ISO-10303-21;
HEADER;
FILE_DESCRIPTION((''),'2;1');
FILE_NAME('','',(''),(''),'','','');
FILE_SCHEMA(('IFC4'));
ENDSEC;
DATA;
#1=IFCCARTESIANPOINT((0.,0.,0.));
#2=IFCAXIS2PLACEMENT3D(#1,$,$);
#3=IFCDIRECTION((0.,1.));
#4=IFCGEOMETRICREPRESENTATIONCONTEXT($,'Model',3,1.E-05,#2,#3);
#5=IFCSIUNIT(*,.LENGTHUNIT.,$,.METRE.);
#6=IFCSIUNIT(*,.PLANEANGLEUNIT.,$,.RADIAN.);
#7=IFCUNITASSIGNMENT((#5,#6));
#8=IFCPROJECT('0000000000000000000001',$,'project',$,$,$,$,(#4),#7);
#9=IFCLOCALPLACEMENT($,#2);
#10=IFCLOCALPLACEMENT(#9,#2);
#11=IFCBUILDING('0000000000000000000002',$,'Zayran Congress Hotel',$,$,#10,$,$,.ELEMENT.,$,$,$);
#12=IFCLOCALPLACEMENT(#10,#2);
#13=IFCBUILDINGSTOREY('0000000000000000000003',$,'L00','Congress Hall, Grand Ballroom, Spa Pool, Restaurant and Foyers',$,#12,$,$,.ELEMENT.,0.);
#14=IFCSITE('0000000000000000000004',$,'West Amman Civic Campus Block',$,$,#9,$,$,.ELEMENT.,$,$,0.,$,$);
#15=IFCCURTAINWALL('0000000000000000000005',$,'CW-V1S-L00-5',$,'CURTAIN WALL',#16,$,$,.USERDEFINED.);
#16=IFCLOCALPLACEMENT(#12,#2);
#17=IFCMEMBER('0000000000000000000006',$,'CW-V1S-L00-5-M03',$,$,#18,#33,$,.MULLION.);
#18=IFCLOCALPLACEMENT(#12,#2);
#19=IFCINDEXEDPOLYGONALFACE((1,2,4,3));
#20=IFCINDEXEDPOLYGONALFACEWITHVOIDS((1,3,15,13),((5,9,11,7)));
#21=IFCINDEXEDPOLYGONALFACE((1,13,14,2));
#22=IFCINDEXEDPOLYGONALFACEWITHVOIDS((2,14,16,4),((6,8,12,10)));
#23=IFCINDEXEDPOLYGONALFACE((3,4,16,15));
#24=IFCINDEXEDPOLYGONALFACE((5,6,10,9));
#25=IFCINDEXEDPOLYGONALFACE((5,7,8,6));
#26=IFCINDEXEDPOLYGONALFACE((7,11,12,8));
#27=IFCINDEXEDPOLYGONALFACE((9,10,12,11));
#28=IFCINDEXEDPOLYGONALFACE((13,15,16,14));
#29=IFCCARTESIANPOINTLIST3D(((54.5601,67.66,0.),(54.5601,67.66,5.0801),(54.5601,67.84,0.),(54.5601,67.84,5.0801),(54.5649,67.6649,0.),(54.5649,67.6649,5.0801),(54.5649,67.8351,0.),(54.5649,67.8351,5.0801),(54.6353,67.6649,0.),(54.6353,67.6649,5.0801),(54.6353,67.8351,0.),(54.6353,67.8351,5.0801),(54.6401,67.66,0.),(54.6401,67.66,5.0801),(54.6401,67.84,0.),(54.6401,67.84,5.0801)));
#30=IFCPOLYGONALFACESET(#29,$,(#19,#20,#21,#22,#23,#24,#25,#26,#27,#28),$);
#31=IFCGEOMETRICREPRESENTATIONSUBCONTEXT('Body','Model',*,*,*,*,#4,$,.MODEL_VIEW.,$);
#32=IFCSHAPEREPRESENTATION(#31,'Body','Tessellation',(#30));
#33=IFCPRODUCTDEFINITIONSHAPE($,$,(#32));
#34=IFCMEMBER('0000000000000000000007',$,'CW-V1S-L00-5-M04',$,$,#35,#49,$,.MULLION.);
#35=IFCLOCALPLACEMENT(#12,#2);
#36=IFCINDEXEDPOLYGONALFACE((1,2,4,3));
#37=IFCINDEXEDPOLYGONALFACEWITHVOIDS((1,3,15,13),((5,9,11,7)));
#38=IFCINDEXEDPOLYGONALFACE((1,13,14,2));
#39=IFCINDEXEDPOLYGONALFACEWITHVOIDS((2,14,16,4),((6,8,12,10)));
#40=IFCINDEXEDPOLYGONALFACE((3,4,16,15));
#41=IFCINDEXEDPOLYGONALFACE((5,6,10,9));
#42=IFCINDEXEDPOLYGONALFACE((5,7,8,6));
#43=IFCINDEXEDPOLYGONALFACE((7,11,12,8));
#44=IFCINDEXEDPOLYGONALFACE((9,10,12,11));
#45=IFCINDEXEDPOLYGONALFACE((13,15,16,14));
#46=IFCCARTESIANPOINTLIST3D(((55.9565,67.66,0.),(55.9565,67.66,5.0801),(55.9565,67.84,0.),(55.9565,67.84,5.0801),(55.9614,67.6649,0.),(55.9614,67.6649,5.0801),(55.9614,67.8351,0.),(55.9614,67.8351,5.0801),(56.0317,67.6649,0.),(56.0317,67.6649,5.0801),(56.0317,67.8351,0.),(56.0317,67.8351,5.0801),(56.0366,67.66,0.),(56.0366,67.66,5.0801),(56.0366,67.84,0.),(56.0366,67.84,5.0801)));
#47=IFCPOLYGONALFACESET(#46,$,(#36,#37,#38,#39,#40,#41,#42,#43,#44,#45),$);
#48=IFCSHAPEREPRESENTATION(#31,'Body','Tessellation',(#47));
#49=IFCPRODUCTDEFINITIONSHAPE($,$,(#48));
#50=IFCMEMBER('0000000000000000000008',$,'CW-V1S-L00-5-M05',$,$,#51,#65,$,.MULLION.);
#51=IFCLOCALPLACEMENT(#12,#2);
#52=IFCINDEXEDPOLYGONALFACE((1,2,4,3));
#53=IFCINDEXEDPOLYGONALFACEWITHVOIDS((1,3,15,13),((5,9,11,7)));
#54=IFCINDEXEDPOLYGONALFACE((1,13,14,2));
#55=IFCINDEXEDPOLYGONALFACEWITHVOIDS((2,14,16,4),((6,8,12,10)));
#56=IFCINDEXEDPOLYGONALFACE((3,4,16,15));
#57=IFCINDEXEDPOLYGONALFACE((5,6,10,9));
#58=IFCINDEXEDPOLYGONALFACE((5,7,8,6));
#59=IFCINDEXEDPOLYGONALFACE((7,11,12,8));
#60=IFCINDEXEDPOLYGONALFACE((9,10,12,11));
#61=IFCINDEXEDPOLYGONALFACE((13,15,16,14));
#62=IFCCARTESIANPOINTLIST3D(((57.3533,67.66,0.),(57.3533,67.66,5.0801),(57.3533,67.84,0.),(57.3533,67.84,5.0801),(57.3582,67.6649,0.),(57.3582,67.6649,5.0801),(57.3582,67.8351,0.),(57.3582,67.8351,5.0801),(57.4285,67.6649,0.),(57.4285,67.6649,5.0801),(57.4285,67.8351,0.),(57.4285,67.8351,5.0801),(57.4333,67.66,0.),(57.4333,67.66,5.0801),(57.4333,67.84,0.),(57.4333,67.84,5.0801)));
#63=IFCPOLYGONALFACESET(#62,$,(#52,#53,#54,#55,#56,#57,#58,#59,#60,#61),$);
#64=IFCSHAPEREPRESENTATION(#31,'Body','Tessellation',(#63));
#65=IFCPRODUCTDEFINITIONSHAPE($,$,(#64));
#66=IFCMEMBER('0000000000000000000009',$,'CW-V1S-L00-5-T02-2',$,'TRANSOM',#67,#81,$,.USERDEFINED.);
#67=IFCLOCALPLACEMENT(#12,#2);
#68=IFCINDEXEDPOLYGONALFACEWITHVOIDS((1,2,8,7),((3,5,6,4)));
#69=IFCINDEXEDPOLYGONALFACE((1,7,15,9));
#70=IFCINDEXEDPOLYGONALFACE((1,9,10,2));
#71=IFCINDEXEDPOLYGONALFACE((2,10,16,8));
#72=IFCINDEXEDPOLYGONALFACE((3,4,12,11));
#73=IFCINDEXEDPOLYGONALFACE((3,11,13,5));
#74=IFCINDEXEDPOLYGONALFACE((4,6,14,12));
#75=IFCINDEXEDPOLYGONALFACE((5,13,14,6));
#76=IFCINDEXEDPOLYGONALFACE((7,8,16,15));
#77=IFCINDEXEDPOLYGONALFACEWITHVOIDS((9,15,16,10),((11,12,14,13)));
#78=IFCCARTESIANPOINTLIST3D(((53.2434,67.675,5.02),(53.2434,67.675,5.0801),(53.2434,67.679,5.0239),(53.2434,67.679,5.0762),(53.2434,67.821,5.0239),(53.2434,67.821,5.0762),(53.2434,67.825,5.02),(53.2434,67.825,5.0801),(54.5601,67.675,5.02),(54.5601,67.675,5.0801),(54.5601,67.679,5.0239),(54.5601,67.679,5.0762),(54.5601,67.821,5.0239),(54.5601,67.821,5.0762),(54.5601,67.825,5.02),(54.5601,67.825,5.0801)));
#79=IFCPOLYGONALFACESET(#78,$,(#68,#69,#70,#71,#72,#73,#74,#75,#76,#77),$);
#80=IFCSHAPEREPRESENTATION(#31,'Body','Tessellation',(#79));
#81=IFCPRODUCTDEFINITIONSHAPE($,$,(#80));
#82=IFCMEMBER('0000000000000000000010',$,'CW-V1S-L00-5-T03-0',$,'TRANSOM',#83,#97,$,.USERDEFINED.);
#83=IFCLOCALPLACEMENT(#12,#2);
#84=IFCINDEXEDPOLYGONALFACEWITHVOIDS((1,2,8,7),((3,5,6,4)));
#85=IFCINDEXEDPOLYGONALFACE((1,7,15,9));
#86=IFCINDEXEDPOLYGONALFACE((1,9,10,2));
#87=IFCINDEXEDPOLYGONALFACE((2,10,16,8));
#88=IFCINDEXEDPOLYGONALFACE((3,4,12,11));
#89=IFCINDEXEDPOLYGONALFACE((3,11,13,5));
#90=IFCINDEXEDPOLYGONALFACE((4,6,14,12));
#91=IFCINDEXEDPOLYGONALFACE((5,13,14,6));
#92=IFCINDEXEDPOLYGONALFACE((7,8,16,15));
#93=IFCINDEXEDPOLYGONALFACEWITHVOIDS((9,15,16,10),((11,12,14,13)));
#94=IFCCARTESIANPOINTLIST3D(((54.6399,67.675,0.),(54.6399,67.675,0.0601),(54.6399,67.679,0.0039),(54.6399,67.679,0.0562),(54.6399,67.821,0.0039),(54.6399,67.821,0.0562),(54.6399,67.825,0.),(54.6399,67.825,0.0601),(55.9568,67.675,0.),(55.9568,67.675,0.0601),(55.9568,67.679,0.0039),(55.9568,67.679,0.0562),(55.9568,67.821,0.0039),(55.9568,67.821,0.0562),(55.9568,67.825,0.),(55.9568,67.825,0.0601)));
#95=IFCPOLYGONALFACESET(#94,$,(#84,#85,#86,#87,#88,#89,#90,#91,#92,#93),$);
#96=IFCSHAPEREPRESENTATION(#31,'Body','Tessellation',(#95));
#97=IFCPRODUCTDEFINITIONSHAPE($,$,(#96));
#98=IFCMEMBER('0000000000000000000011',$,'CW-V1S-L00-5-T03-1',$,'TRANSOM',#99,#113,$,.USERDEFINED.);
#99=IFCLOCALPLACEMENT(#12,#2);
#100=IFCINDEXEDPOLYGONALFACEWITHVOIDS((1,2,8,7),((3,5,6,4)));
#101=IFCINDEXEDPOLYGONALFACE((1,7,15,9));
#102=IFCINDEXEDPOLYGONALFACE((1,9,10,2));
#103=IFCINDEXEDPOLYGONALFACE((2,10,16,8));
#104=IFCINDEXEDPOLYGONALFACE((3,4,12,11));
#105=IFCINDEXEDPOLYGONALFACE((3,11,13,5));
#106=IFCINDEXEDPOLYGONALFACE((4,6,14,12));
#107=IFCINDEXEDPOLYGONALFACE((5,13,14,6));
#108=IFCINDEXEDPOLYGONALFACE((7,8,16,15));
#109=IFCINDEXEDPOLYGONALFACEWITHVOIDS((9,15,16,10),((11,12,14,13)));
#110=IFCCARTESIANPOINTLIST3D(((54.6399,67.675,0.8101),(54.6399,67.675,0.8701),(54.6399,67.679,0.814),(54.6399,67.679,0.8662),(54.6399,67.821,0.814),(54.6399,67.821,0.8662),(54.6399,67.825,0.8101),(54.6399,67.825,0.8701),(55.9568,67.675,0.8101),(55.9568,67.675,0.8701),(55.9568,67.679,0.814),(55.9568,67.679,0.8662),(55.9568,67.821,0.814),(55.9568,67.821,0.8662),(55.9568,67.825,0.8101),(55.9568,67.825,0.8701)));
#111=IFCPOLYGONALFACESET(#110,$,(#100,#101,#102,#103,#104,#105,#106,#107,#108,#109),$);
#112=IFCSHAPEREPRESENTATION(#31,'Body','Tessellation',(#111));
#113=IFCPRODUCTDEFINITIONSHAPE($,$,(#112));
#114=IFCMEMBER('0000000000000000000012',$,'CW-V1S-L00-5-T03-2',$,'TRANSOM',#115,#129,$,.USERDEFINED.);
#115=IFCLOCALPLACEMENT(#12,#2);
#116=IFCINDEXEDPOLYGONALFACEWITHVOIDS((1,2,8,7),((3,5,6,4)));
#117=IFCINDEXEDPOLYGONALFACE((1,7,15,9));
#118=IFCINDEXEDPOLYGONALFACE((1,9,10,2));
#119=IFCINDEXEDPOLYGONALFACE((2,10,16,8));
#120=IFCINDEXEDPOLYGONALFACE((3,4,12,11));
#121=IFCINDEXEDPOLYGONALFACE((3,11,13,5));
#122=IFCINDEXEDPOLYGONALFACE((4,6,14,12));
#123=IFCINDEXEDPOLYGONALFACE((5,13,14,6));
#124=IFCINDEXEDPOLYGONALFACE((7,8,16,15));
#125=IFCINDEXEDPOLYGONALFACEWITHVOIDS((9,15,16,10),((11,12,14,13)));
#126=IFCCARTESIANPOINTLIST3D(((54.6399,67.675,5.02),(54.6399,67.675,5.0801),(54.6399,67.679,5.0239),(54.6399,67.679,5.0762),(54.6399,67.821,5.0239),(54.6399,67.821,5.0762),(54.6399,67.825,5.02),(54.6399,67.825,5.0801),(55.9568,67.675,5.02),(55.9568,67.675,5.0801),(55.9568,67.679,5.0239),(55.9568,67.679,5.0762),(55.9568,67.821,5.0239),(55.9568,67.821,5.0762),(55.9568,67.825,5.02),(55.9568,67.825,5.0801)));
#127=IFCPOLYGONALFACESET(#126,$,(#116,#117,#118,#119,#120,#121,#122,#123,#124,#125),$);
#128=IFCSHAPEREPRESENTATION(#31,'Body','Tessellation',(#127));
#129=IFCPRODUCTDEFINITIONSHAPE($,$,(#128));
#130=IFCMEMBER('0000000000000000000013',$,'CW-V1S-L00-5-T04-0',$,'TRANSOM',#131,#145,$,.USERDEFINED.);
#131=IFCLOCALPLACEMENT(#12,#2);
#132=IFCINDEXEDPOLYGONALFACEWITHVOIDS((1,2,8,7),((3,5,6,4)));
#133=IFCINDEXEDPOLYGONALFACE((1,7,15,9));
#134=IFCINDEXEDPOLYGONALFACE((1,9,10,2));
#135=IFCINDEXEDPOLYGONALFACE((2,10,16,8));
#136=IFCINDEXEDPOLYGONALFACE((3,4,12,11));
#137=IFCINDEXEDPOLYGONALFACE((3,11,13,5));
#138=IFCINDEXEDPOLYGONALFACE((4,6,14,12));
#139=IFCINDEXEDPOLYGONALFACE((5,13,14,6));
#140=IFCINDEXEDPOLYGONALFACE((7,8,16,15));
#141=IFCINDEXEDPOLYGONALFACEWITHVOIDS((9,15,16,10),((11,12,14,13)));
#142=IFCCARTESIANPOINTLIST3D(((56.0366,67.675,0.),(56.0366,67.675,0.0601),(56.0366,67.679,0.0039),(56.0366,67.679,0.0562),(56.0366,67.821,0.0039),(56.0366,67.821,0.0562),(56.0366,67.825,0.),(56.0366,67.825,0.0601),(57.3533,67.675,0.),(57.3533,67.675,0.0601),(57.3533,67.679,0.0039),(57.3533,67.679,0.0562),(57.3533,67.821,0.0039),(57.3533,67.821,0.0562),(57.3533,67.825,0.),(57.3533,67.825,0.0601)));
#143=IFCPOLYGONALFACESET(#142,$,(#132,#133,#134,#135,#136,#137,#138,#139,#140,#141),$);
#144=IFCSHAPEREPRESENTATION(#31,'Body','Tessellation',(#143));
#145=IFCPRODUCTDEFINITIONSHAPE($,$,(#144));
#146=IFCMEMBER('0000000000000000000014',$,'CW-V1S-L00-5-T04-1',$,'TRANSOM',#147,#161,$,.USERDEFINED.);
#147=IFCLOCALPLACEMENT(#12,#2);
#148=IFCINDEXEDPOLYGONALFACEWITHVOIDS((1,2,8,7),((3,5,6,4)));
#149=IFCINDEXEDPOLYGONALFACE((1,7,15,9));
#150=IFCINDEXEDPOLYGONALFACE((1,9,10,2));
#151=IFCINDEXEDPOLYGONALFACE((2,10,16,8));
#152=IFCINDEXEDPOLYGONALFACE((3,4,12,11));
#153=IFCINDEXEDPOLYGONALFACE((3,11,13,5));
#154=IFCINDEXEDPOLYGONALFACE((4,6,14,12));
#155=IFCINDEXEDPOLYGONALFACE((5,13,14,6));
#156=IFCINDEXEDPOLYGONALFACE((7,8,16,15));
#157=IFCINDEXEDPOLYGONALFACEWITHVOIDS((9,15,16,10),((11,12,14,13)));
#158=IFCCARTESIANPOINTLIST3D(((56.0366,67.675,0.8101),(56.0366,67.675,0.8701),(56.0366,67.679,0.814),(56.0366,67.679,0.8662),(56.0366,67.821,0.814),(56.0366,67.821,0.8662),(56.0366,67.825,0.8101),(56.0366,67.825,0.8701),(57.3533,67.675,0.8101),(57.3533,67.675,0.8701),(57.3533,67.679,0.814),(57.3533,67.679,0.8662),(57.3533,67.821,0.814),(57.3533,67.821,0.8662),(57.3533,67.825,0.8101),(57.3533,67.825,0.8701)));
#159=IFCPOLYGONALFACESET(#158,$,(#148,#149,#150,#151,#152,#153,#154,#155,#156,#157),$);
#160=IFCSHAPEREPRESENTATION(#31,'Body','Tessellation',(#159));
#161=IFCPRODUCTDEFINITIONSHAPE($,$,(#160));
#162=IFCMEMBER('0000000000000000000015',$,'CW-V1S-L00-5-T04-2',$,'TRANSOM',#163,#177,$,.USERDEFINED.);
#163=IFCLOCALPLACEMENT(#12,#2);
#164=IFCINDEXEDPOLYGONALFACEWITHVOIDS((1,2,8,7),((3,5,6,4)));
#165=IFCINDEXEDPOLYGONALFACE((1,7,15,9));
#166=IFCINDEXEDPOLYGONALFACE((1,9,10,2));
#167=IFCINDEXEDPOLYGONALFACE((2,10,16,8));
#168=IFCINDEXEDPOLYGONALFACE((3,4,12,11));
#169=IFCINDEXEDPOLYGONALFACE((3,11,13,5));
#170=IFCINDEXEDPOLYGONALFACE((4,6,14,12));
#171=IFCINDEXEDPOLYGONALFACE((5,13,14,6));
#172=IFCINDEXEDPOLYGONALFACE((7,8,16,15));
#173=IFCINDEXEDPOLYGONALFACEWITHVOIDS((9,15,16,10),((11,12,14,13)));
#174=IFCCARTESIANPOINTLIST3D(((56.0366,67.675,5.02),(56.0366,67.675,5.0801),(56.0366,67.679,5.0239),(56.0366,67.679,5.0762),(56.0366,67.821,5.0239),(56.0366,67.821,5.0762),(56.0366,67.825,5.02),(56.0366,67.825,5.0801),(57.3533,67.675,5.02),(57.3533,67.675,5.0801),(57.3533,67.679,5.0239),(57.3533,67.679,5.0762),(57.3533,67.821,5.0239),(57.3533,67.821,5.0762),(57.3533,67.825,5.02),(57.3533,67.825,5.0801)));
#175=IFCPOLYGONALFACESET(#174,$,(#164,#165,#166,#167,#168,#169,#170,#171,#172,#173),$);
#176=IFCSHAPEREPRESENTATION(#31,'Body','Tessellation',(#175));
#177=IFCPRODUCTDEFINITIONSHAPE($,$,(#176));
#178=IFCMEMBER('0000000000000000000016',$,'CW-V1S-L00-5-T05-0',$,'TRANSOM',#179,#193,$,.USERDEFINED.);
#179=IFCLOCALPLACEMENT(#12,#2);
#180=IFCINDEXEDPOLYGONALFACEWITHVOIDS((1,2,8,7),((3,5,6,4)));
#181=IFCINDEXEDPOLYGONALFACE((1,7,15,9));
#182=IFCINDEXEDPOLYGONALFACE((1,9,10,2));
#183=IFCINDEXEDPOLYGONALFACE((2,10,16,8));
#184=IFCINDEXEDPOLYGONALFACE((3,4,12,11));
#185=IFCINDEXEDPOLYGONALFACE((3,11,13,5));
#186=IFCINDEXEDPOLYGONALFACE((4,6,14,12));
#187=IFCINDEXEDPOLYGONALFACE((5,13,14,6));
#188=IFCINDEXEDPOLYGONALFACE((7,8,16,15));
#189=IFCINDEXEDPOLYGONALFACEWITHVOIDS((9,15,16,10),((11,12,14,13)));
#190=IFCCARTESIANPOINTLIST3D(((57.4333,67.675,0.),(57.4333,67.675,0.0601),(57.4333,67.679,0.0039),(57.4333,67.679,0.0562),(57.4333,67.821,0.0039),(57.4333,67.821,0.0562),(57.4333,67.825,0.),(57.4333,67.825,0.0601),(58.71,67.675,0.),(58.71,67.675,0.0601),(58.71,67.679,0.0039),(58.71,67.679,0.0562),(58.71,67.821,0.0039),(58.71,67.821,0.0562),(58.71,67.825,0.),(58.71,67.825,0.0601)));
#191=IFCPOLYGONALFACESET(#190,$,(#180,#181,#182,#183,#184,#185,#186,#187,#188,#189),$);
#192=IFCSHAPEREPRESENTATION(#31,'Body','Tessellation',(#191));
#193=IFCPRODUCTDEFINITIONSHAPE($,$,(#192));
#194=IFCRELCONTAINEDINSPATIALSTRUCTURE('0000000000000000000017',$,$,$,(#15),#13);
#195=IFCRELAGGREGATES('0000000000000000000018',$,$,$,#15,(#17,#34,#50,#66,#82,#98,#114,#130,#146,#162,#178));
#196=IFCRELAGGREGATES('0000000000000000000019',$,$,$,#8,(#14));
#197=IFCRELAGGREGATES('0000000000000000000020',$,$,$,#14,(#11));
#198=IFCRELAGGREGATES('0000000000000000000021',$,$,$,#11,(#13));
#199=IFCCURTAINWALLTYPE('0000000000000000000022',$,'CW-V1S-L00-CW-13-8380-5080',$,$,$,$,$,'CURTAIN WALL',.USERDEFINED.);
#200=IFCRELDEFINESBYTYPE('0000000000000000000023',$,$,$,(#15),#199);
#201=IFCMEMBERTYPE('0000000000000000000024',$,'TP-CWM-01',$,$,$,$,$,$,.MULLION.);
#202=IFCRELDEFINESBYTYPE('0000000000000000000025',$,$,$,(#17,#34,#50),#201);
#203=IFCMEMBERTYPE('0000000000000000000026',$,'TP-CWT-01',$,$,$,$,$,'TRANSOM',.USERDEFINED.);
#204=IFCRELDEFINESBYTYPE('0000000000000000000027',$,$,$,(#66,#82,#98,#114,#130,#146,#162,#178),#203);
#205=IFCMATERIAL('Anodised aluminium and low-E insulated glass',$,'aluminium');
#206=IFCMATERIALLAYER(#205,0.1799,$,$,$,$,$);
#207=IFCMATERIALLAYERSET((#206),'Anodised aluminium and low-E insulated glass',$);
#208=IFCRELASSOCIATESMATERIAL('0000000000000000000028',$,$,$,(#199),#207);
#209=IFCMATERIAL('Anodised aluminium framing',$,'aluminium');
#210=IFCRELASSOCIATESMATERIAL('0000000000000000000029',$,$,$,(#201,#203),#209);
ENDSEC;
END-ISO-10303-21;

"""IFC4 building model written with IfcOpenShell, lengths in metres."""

from ifc_helpers import new_model, si_unit, direction, frame, origin, origin_2d, place, context, subcontext, project, spatial, hollow_rectangle, extrude, material, layer, layer_set, material_profile, profile_set, type_object, element, aggregate, save


model = new_model("IFC4")

# Units and contexts
model_context = context("Model", 3, precision=1e-05, world=origin(), true_north=direction((0.0, 1.0)))
body_context = subcontext(model_context, "Body", "Model", "MODEL_VIEW")
ifc_project = project(units=[si_unit("LENGTHUNIT", "METRE"), si_unit("PLANEANGLEUNIT", "RADIAN")], contexts=[model_context])

# Site, building, storey
site_placement = place(None, origin())
site = spatial("IfcSite", under=ifc_project, at=site_placement, Name="West Amman Civic Campus Block", CompositionType="ELEMENT", RefElevation=0.0)
building_placement = place(site_placement, origin())
building = spatial("IfcBuilding", under=site, at=building_placement, Name="Zayran Congress Hotel", CompositionType="ELEMENT")
storey_placement = place(building_placement, origin())
storey = spatial("IfcBuildingStorey", under=building, at=storey_placement, Name="L00", Description="Congress Hall, Grand Ballroom, Spa Pool, Restaurant and Foyers", CompositionType="ELEMENT", Elevation=0.0)

# Curtain wall, members
ifc_material_1 = material(Name="Anodised aluminium and low-E insulated glass", Category="aluminium")
ifc_layer_1 = layer(ifc_material_1, 0.1799)
ifc_layer_set_1 = layer_set([ifc_layer_1], Name="Anodised aluminium and low-E insulated glass")
curtain_wall_type = type_object("IfcCurtainWallType", Name="CW-V1S-L00-CW-13-8380-5080", ElementType="CURTAIN WALL", PredefinedType="USERDEFINED", material=ifc_layer_set_1)
curtain_wall_placement = place(storey_placement, origin())
curtain_wall = element("IfcCurtainWall", 1, at=curtain_wall_placement, inside=storey, type_object=curtain_wall_type, Name="CW-V1S-L00-5", ObjectType="CURTAIN WALL", PredefinedType="USERDEFINED")
ifc_material_2 = material(Name="Anodised aluminium framing", Category="aluminium")
ifc_material_profile_1 = material_profile(ifc_material_2, hollow_rectangle(XDim=0.0801, YDim=0.1799, WallThickness=0.0049, at=origin_2d()), Name="RHS 180x80x5")
ifc_profile_set_1 = profile_set([ifc_material_profile_1], Name="Anodised aluminium framing")
member_type_1 = type_object("IfcMemberType", Name="TP-CWM-01", PredefinedType="MULLION", material=ifc_profile_set_1)
member_1_placement = place(storey_placement, frame((54.6001, 67.75, 0.0), z_axis=(0.0, 0.0, 1.0), x_axis=(1.0, 0.0, 0.0)))
member_1 = element("IfcMember", 2, at=member_1_placement, type_object=member_type_1, Name="CW-V1S-L00-5-M03", PredefinedType="MULLION", context=body_context, shape_type="SweptSolid", body=[
    extrude(hollow_rectangle(XDim=0.0801, YDim=0.1799, WallThickness=0.0049, at=origin_2d()), origin(), (0.0, 0.0, 1.0), 5.0801),
])
member_2_placement = place(storey_placement, frame((55.9966, 67.75, 0.0), z_axis=(0.0, 0.0, 1.0), x_axis=(1.0, 0.0, 0.0)))
member_2 = element("IfcMember", 3, at=member_2_placement, type_object=member_type_1, Name="CW-V1S-L00-5-M04", PredefinedType="MULLION", context=body_context, shape_type="SweptSolid", body=[
    extrude(hollow_rectangle(XDim=0.0801, YDim=0.1799, WallThickness=0.0049, at=origin_2d()), origin(), (0.0, 0.0, 1.0), 5.0801),
])
member_3_placement = place(storey_placement, frame((57.3933, 67.75, 0.0), z_axis=(0.0, 0.0, 1.0), x_axis=(1.0, 0.0, 0.0)))
member_3 = element("IfcMember", 4, at=member_3_placement, type_object=member_type_1, Name="CW-V1S-L00-5-M05", PredefinedType="MULLION", context=body_context, shape_type="SweptSolid", body=[
    extrude(hollow_rectangle(XDim=0.0801, YDim=0.1799, WallThickness=0.0049, at=origin_2d()), origin(), (0.0, 0.0, 1.0), 5.0801),
])
ifc_material_profile_2 = material_profile(ifc_material_2, hollow_rectangle(XDim=0.0601, YDim=0.1499, WallThickness=0.0039, at=origin_2d()), Name="RHS 150x60x4")
ifc_profile_set_2 = profile_set([ifc_material_profile_2], Name="Anodised aluminium framing")
member_type_2 = type_object("IfcMemberType", Name="TP-CWT-01", ElementType="TRANSOM", PredefinedType="USERDEFINED", material=ifc_profile_set_2)
member_4_placement = place(storey_placement, frame((53.2434, 67.75, 5.05), z_axis=(1.0, 0.0, 0.0), x_axis=(0.0, 0.0, 1.0)))
member_4 = element("IfcMember", 5, at=member_4_placement, type_object=member_type_2, Name="CW-V1S-L00-5-T02-2", ObjectType="TRANSOM", PredefinedType="USERDEFINED", context=body_context, shape_type="SweptSolid", body=[
    extrude(hollow_rectangle(XDim=0.0601, YDim=0.1499, WallThickness=0.0039, at=origin_2d()), origin(), (0.0, 0.0, 1.0), 1.3167),
])
member_5_placement = place(storey_placement, frame((54.6399, 67.75, 0.03), z_axis=(1.0, 0.0, 0.0), x_axis=(0.0, 0.0, 1.0)))
member_5 = element("IfcMember", 6, at=member_5_placement, type_object=member_type_2, Name="CW-V1S-L00-5-T03-0", ObjectType="TRANSOM", PredefinedType="USERDEFINED", context=body_context, shape_type="SweptSolid", body=[
    extrude(hollow_rectangle(XDim=0.0601, YDim=0.1499, WallThickness=0.0039, at=origin_2d()), origin(), (0.0, 0.0, 1.0), 1.3169),
])
member_6_placement = place(storey_placement, frame((54.6399, 67.75, 0.8401), z_axis=(1.0, 0.0, 0.0), x_axis=(0.0, 0.0, 1.0)))
member_6 = element("IfcMember", 7, at=member_6_placement, type_object=member_type_2, Name="CW-V1S-L00-5-T03-1", ObjectType="TRANSOM", PredefinedType="USERDEFINED", context=body_context, shape_type="SweptSolid", body=[
    extrude(hollow_rectangle(XDim=0.0601, YDim=0.1499, WallThickness=0.0039, at=origin_2d()), origin(), (0.0, 0.0, 1.0), 1.3169),
])
member_7_placement = place(storey_placement, frame((54.6399, 67.75, 5.05), z_axis=(1.0, 0.0, 0.0), x_axis=(0.0, 0.0, 1.0)))
member_7 = element("IfcMember", 8, at=member_7_placement, type_object=member_type_2, Name="CW-V1S-L00-5-T03-2", ObjectType="TRANSOM", PredefinedType="USERDEFINED", context=body_context, shape_type="SweptSolid", body=[
    extrude(hollow_rectangle(XDim=0.0601, YDim=0.1499, WallThickness=0.0039, at=origin_2d()), origin(), (0.0, 0.0, 1.0), 1.3169),
])
member_8_placement = place(storey_placement, frame((56.0366, 67.75, 0.03), z_axis=(1.0, 0.0, 0.0), x_axis=(0.0, 0.0, 1.0)))
member_8 = element("IfcMember", 9, at=member_8_placement, type_object=member_type_2, Name="CW-V1S-L00-5-T04-0", ObjectType="TRANSOM", PredefinedType="USERDEFINED", context=body_context, shape_type="SweptSolid", body=[
    extrude(hollow_rectangle(XDim=0.0601, YDim=0.1499, WallThickness=0.0039, at=origin_2d()), origin(), (0.0, 0.0, 1.0), 1.3167),
])
member_9_placement = place(storey_placement, frame((56.0366, 67.75, 0.8401), z_axis=(1.0, 0.0, 0.0), x_axis=(0.0, 0.0, 1.0)))
member_9 = element("IfcMember", 10, at=member_9_placement, type_object=member_type_2, Name="CW-V1S-L00-5-T04-1", ObjectType="TRANSOM", PredefinedType="USERDEFINED", context=body_context, shape_type="SweptSolid", body=[
    extrude(hollow_rectangle(XDim=0.0601, YDim=0.1499, WallThickness=0.0039, at=origin_2d()), origin(), (0.0, 0.0, 1.0), 1.3167),
])
member_10_placement = place(storey_placement, frame((56.0366, 67.75, 5.05), z_axis=(1.0, 0.0, 0.0), x_axis=(0.0, 0.0, 1.0)))
member_10 = element("IfcMember", 11, at=member_10_placement, type_object=member_type_2, Name="CW-V1S-L00-5-T04-2", ObjectType="TRANSOM", PredefinedType="USERDEFINED", context=body_context, shape_type="SweptSolid", body=[
    extrude(hollow_rectangle(XDim=0.0601, YDim=0.1499, WallThickness=0.0039, at=origin_2d()), origin(), (0.0, 0.0, 1.0), 1.3167),
])
member_11_placement = place(storey_placement, frame((57.4333, 67.75, 0.03), z_axis=(1.0, 0.0, 0.0), x_axis=(0.0, 0.0, 1.0)))
member_11 = element("IfcMember", 12, at=member_11_placement, type_object=member_type_2, Name="CW-V1S-L00-5-T05-0", ObjectType="TRANSOM", PredefinedType="USERDEFINED", context=body_context, shape_type="SweptSolid", body=[
    extrude(hollow_rectangle(XDim=0.0601, YDim=0.1499, WallThickness=0.0039, at=origin_2d()), origin(), (0.0, 0.0, 1.0), 1.2766),
])
aggregate(curtain_wall, [member_1, member_2, member_3, member_4, member_5, member_6, member_7, member_8, member_9, member_10, member_11])

save(model, "model.ifc")
